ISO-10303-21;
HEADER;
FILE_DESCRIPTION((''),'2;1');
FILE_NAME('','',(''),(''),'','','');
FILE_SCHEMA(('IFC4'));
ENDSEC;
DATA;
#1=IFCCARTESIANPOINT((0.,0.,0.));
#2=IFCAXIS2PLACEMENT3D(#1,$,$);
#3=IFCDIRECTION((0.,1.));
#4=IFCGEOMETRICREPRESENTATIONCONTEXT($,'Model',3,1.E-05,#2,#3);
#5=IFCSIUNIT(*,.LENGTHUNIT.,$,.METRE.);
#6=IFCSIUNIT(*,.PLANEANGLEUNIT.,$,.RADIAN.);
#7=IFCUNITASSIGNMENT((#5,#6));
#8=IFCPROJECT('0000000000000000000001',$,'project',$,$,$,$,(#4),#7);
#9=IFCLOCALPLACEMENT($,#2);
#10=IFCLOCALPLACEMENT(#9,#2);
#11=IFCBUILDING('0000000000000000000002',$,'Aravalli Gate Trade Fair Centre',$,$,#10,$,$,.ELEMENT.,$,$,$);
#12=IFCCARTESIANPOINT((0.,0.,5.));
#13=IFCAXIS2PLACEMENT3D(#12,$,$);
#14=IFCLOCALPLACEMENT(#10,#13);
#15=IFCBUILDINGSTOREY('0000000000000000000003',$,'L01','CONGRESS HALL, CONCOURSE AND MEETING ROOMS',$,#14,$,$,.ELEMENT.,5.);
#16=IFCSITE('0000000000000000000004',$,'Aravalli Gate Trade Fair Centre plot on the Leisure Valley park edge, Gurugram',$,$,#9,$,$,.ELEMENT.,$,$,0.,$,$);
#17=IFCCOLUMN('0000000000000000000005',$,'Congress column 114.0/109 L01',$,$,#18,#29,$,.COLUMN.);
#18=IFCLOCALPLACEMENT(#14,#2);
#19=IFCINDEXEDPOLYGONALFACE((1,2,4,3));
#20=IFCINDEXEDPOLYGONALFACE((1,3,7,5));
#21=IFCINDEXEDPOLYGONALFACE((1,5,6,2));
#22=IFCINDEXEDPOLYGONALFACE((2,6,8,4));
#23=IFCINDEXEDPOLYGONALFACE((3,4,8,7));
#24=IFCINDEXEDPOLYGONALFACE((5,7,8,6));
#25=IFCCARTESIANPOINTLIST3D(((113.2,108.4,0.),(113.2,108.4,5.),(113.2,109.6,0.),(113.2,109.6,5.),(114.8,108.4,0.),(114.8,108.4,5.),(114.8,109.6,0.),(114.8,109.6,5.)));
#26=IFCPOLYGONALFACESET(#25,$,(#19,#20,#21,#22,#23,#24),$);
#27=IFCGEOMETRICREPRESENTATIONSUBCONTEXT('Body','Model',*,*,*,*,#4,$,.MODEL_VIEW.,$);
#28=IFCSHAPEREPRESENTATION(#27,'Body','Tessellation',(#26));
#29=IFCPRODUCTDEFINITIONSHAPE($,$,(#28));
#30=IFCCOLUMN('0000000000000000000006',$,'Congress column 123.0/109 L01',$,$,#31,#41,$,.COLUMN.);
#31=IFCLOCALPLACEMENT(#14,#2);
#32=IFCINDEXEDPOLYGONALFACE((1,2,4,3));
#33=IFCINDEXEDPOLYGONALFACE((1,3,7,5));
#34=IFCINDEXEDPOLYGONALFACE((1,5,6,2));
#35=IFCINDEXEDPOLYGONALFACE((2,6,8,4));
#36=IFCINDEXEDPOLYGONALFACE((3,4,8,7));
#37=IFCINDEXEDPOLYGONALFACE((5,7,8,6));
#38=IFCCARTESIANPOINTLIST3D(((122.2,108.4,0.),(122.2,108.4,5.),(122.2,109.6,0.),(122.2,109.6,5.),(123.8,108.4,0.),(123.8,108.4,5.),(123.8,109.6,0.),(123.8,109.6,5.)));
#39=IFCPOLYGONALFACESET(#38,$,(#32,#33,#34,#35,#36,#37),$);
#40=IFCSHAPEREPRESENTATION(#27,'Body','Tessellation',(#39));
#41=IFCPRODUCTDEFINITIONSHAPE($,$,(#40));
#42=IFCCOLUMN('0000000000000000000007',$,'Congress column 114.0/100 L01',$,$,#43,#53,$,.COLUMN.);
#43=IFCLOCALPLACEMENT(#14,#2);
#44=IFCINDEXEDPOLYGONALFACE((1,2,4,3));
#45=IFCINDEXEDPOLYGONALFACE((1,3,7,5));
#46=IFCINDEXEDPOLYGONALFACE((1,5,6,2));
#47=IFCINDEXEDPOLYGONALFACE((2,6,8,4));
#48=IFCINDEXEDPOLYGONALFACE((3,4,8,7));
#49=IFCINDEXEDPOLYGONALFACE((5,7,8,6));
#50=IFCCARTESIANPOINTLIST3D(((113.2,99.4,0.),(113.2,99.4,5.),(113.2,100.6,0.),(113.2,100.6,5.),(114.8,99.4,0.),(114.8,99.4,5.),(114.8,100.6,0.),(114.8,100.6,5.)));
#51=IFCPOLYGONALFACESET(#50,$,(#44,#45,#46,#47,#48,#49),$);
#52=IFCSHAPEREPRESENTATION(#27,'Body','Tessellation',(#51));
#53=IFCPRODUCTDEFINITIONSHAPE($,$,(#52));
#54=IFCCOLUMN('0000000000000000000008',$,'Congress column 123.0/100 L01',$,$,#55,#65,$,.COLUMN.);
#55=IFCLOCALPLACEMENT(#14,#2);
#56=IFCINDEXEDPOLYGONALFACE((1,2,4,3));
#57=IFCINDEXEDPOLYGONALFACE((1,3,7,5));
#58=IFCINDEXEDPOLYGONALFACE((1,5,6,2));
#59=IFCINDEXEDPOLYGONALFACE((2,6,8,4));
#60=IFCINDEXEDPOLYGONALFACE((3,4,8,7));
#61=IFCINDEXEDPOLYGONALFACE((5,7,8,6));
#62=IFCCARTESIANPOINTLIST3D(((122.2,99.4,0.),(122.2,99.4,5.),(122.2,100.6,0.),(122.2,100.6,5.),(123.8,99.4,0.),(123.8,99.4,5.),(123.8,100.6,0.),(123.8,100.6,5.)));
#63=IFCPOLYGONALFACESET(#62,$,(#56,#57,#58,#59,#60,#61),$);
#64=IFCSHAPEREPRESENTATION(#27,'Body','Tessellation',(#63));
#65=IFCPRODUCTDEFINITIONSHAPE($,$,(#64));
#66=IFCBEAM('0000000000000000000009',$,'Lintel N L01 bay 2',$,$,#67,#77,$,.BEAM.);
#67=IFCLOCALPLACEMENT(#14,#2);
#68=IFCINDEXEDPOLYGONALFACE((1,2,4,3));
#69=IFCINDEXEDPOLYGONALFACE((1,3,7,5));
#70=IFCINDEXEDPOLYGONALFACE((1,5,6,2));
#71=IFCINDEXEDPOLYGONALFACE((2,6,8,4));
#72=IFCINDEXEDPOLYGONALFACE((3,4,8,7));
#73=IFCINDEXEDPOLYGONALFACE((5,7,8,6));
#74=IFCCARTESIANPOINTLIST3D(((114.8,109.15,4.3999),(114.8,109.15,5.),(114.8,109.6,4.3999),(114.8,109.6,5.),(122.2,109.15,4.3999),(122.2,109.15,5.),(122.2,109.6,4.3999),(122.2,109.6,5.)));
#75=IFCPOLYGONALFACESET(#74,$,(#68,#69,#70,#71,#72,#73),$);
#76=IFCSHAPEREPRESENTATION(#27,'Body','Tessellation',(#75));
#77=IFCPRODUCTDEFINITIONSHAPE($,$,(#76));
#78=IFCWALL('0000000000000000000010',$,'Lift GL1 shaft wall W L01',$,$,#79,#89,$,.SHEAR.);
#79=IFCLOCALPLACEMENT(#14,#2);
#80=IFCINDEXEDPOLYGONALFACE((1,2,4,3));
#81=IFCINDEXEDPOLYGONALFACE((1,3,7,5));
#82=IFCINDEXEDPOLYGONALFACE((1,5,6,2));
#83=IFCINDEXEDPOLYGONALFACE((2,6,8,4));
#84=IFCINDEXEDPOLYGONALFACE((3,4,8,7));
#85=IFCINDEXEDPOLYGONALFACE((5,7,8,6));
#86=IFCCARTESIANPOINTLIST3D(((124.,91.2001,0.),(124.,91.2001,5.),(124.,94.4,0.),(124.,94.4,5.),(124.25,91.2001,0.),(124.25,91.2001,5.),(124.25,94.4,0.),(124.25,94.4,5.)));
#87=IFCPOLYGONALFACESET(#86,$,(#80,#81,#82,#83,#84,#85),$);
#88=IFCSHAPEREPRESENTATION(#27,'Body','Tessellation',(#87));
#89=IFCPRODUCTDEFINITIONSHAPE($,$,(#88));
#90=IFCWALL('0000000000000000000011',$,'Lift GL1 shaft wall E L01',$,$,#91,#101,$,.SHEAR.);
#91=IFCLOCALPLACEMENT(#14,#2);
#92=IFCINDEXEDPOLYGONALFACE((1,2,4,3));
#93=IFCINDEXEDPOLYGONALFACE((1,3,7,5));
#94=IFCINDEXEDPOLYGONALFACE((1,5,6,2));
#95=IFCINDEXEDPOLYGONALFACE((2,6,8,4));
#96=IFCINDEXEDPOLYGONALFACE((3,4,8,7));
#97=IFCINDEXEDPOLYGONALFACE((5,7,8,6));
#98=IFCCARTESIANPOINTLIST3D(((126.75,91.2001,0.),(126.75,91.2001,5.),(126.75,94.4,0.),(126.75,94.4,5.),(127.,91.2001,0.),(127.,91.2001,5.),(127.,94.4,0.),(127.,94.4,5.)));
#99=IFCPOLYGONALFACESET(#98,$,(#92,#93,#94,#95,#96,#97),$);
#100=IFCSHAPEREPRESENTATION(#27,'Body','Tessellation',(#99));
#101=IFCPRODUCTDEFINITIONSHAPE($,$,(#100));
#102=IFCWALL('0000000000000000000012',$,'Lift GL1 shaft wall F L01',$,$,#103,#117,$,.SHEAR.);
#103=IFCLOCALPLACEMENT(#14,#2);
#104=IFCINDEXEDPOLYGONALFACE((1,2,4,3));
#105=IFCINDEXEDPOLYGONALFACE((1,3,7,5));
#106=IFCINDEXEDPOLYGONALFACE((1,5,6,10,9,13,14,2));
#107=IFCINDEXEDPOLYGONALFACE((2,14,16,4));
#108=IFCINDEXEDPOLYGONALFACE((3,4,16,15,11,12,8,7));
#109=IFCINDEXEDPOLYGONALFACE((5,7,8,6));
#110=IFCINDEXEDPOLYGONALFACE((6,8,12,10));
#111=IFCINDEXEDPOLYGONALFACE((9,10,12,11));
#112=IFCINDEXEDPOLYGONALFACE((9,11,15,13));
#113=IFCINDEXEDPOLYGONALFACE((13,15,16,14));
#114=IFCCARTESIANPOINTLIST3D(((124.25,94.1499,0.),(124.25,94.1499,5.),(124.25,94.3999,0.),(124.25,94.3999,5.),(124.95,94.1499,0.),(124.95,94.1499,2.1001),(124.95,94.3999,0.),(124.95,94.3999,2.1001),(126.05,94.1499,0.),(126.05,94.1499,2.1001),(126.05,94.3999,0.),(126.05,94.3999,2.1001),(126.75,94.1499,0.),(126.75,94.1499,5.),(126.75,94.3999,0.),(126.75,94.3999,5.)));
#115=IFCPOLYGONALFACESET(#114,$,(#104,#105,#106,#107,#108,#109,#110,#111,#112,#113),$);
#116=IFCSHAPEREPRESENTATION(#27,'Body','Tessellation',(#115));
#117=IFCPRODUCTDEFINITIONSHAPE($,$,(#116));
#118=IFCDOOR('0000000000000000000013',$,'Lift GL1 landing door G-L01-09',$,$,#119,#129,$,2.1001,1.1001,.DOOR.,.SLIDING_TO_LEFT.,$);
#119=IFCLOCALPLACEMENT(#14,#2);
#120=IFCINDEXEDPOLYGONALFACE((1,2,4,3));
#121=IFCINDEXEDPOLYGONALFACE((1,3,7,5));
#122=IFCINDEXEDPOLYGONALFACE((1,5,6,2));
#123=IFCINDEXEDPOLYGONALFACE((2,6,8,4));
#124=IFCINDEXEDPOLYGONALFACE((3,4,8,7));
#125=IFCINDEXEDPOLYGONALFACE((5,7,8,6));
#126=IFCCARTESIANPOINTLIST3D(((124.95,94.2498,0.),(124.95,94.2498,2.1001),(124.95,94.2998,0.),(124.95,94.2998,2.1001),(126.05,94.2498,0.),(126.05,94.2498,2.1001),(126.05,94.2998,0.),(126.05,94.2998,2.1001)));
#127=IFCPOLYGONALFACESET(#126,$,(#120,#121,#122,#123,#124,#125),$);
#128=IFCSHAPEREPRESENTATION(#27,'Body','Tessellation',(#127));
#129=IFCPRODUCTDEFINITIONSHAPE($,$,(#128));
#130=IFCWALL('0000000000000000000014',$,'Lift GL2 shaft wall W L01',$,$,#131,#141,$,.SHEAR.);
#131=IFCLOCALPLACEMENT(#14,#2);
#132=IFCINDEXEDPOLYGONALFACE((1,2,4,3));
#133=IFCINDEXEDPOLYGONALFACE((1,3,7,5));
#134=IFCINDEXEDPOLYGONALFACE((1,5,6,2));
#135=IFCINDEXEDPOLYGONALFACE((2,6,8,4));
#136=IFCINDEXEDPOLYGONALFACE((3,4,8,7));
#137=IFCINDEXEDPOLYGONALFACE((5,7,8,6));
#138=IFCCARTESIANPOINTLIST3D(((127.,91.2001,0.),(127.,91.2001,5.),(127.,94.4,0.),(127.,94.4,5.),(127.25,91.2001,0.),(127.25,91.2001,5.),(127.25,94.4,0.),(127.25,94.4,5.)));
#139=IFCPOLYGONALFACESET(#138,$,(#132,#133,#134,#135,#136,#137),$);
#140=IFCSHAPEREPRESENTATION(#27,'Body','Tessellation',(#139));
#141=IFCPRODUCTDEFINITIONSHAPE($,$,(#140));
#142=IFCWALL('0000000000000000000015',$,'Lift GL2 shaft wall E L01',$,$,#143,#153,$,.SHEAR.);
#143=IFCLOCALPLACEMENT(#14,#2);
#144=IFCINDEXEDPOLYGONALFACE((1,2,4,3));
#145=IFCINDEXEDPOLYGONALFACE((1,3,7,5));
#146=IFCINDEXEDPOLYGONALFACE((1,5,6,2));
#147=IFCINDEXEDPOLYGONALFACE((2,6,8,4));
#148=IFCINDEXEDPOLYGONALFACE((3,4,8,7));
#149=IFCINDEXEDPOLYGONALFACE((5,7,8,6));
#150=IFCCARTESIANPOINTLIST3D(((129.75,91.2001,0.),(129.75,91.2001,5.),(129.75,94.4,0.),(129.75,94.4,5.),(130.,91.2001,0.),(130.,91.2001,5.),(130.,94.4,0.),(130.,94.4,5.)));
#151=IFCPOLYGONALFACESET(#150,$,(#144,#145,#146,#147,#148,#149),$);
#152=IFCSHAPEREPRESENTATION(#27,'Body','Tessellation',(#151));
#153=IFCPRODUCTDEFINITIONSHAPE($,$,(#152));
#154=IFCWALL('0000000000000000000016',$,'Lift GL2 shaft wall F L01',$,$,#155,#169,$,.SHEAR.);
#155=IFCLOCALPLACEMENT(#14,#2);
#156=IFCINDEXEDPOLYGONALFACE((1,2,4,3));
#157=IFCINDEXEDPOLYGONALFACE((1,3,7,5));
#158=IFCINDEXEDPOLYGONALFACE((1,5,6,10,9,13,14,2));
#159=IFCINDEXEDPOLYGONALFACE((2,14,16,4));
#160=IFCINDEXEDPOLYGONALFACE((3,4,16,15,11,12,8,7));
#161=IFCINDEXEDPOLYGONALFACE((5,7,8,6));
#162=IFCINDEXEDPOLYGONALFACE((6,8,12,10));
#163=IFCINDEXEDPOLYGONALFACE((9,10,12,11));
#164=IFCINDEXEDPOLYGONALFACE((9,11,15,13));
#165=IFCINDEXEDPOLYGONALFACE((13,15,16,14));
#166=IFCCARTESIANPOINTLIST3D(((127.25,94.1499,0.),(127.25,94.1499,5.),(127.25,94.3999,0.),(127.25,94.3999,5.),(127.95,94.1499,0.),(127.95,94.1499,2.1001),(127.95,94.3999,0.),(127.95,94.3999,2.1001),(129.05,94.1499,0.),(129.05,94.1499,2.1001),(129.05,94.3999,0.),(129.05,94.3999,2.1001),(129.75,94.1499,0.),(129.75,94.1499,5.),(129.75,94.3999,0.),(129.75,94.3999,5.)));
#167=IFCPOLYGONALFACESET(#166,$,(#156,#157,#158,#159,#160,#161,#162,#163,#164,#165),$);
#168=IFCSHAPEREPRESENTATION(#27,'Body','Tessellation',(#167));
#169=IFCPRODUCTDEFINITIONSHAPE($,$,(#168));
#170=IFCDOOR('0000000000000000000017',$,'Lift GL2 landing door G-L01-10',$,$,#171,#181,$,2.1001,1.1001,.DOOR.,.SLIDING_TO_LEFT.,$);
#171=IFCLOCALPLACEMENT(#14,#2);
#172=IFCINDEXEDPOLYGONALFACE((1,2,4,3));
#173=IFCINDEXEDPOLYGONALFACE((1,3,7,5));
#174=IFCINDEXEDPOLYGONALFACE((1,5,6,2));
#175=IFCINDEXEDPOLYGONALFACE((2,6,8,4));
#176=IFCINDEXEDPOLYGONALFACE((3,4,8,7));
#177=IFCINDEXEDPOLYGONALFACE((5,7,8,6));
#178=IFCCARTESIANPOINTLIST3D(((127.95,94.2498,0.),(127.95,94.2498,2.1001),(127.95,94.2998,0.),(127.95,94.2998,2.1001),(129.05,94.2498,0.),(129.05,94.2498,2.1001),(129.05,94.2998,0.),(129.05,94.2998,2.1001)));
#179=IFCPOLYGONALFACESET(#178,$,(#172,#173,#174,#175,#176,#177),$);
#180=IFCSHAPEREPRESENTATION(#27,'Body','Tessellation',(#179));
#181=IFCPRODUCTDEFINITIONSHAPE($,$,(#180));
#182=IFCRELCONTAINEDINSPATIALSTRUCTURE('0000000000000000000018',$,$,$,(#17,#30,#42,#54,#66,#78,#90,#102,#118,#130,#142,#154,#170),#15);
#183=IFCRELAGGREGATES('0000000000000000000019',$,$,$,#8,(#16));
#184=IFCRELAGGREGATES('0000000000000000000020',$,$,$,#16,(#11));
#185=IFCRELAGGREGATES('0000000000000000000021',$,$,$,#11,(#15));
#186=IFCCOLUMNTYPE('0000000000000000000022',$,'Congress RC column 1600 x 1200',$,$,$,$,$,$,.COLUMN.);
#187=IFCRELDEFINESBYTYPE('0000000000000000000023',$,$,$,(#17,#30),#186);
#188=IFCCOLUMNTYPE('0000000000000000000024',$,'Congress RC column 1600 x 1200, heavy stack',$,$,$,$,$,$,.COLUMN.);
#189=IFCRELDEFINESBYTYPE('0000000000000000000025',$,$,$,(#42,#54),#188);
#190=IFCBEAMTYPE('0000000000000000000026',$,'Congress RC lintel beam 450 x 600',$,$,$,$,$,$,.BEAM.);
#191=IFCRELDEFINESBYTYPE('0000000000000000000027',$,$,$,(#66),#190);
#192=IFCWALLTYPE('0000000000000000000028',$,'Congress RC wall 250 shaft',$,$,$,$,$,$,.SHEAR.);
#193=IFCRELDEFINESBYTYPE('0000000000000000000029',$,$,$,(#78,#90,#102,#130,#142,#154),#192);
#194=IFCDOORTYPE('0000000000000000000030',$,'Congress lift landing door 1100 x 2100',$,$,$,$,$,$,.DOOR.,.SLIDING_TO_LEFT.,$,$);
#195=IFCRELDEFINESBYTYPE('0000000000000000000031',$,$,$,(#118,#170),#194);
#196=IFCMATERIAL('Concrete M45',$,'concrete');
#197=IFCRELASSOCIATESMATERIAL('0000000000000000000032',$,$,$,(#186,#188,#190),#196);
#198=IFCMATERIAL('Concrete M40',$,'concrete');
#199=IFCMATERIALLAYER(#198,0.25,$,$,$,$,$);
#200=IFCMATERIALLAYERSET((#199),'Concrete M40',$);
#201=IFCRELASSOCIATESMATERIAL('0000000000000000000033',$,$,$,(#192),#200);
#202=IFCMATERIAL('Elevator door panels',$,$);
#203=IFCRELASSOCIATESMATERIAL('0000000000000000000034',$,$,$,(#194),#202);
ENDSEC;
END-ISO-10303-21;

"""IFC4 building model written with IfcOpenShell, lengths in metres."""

from ifc_helpers import new_model, si_unit, direction, frame, frame_2d, origin, origin_2d, place, context, subcontext, project, spatial, rectangle, extrude, material, layer, layer_set, material_profile, profile_set, type_object, element, fill, save


model = new_model("IFC4")

# Units and contexts
model_context = context("Model", 3, precision=1e-05, world=origin(), true_north=direction((0.0, 1.0)))
body_context = subcontext(model_context, "Body", "Model", "MODEL_VIEW")
ifc_project = project(units=[si_unit("LENGTHUNIT", "METRE"), si_unit("PLANEANGLEUNIT", "RADIAN")], contexts=[model_context])

# Site, building, storey
site_placement = place(None, origin())
site = spatial("IfcSite", under=ifc_project, at=site_placement, Name="Aravalli Gate Trade Fair Centre plot on the Leisure Valley park edge, Gurugram", CompositionType="ELEMENT", RefElevation=0.0)
building_placement = place(site_placement, origin())
building = spatial("IfcBuilding", under=site, at=building_placement, Name="Aravalli Gate Trade Fair Centre", CompositionType="ELEMENT")
storey_placement = place(building_placement, frame((0.0, 0.0, 5.0)))
storey = spatial("IfcBuildingStorey", under=building, at=storey_placement, Name="L01", Description="CONGRESS HALL, CONCOURSE AND MEETING ROOMS", CompositionType="ELEMENT", Elevation=5.0)

# Columns
ifc_material_1 = material(Name="Concrete M45", Category="concrete")
ifc_material_profile_1 = material_profile(ifc_material_1, rectangle(XDim=1.6001, YDim=1.2, at=origin_2d()), Name="RC 1600x1200")
ifc_profile_set_1 = profile_set([ifc_material_profile_1], Name="Concrete M45")
column_type_1 = type_object("IfcColumnType", Name="Congress RC column 1600 x 1200", PredefinedType="COLUMN", material=ifc_profile_set_1)
for number, where, z_axis, x_axis, name in (
    (1, (114.0, 109.0, 0.0), (0.0, 0.0, 1.0), (1.0, 0.0, 0.0), "Congress column 114.0/109 L01"),
    (2, (123.0, 109.0, 0.0), (0.0, 0.0, 1.0), (1.0, 0.0, 0.0), "Congress column 123.0/109 L01"),
):
    element("IfcColumn", number, at=place(storey_placement, frame(where, z_axis=z_axis, x_axis=x_axis)), inside=storey, type_object=column_type_1, Name=name, PredefinedType="COLUMN", context=body_context, shape_type="SweptSolid", body=[
        extrude(rectangle(XDim=1.6001, YDim=1.2, at=origin_2d()), origin(), (0.0, 0.0, 1.0), 5.0),
    ])
ifc_material_profile_2 = material_profile(ifc_material_1, rectangle(XDim=1.6001, YDim=1.2, at=origin_2d()), Name="RC 1600x1200")
ifc_profile_set_2 = profile_set([ifc_material_profile_2], Name="Concrete M45")
column_type_2 = type_object("IfcColumnType", Name="Congress RC column 1600 x 1200, heavy stack", PredefinedType="COLUMN", material=ifc_profile_set_2)
for number, where, z_axis, x_axis, name in (
    (3, (114.0, 100.0, 0.0), (0.0, 0.0, 1.0), (1.0, 0.0, 0.0), "Congress column 114.0/100 L01"),
    (4, (123.0, 100.0, 0.0), (0.0, 0.0, 1.0), (1.0, 0.0, 0.0), "Congress column 123.0/100 L01"),
):
    element("IfcColumn", number, at=place(storey_placement, frame(where, z_axis=z_axis, x_axis=x_axis)), inside=storey, type_object=column_type_2, Name=name, PredefinedType="COLUMN", context=body_context, shape_type="SweptSolid", body=[
        extrude(rectangle(XDim=1.6001, YDim=1.2, at=origin_2d()), origin(), (0.0, 0.0, 1.0), 5.0),
    ])

# Beam
ifc_material_profile_3 = material_profile(ifc_material_1, rectangle(XDim=0.45, YDim=0.6001, at=origin_2d()), Name="RC 450x600")
ifc_profile_set_3 = profile_set([ifc_material_profile_3], Name="Concrete M45")
beam_type = type_object("IfcBeamType", Name="Congress RC lintel beam 450 x 600", PredefinedType="BEAM", material=ifc_profile_set_3)
beam_placement = place(storey_placement, frame((114.8, 109.375, 4.7), z_axis=(1.0, 0.0, 0.0), x_axis=(0.0, 1.0, 0.0)))
element("IfcBeam", 5, at=beam_placement, inside=storey, type_object=beam_type, Name="Lintel N L01 bay 2", PredefinedType="BEAM", context=body_context, shape_type="SweptSolid", body=[
    extrude(rectangle(XDim=0.45, YDim=0.6001, at=origin_2d()), origin(), (0.0, 0.0, 1.0), 7.3999),
])

# Walls
ifc_material_2 = material(Name="Concrete M40", Category="concrete")
ifc_layer_1 = layer(ifc_material_2, 0.25)
ifc_layer_set_1 = layer_set([ifc_layer_1], Name="Concrete M40")
wall_type_1 = type_object("IfcWallType", Name="Congress RC wall 250 shaft", PredefinedType="SHEAR", material=ifc_layer_set_1)
for number, where, z_axis, x_axis, name in (
    (6, (124.125, 91.2, 0.0), (0.0, 0.0, 1.0), (0.0, 1.0, 0.0), "Lift GL1 shaft wall W L01"),
    (7, (126.875, 91.2, 0.0), (0.0, 0.0, 1.0), (0.0, 1.0, 0.0), "Lift GL1 shaft wall E L01"),
):
    element("IfcWall", number, at=place(storey_placement, frame(where, z_axis=z_axis, x_axis=x_axis)), inside=storey, type_object=wall_type_1, Name=name, PredefinedType="SHEAR", context=body_context, shape_type="SweptSolid", body=[
        extrude(rectangle(XDim=3.2, YDim=0.25, at=frame_2d((1.6001, 0.0))), origin(), (0.0, 0.0, 1.0), 5.0),
    ])

# Wall, opening, door
wall_1_placement = place(storey_placement, frame((124.25, 94.2749, 0.0), z_axis=(0.0, 0.0, 1.0), x_axis=(1.0, 0.0, 0.0)))
wall_1 = element("IfcWall", 8, at=wall_1_placement, inside=storey, type_object=wall_type_1, Name="Lift GL1 shaft wall F L01", PredefinedType="SHEAR", context=body_context, shape_type="SweptSolid", body=[
    extrude(rectangle(XDim=2.5, YDim=0.25, at=frame_2d((1.25, 0.0))), origin(), (0.0, 0.0, 1.0), 5.0),
])
opening_1_placement = place(wall_1_placement, frame((0.7, 0.0, 0.0)))
opening_1 = element("IfcOpeningElement", 9, at=opening_1_placement, cuts=wall_1, PredefinedType="OPENING", context=body_context, shape_type="SweptSolid", body=[
    extrude(rectangle(XDim=1.1001, YDim=2.1001, at=frame_2d((0.55, 1.05))), frame((0.0, 0.135, 0.0), z_axis=(0.0, -1.0, 0.0), x_axis=(1.0, 0.0, 0.0)), (0.0, 0.0, 1.0), 0.27),
])
ifc_material_3 = material(Name="Elevator door panels")
door_type_1 = type_object("IfcDoorType", Name="Congress lift landing door 1100 x 2100", OperationType="SLIDING_TO_LEFT", PredefinedType="DOOR", material=ifc_material_3)
door_1_placement = place(opening_1_placement, origin())
door_1 = element("IfcDoor", 10, at=door_1_placement, inside=storey, type_object=door_type_1, Name="Lift GL1 landing door G-L01-09", OperationType="SLIDING_TO_LEFT", OverallHeight=2.1001, OverallWidth=1.1001, PredefinedType="DOOR", context=body_context, shape_type="SweptSolid", body=[
    extrude(rectangle(XDim=1.1001, YDim=2.1001, at=frame_2d((0.55, 1.05))), frame((0.0, 0.0249, 0.0), z_axis=(0.0, -1.0, 0.0), x_axis=(1.0, 0.0, 0.0)), (0.0, 0.0, 1.0), 0.05),
])
fill(opening_1, door_1)

# Walls
for number, where, z_axis, x_axis, name in (
    (11, (127.125, 91.2, 0.0), (0.0, 0.0, 1.0), (0.0, 1.0, 0.0), "Lift GL2 shaft wall W L01"),
    (12, (129.875, 91.2, 0.0), (0.0, 0.0, 1.0), (0.0, 1.0, 0.0), "Lift GL2 shaft wall E L01"),
):
    element("IfcWall", number, at=place(storey_placement, frame(where, z_axis=z_axis, x_axis=x_axis)), inside=storey, type_object=wall_type_1, Name=name, PredefinedType="SHEAR", context=body_context, shape_type="SweptSolid", body=[
        extrude(rectangle(XDim=3.2, YDim=0.25, at=frame_2d((1.6001, 0.0))), origin(), (0.0, 0.0, 1.0), 5.0),
    ])

# Wall, opening, door
wall_2_placement = place(storey_placement, frame((127.25, 94.2749, 0.0), z_axis=(0.0, 0.0, 1.0), x_axis=(1.0, 0.0, 0.0)))
wall_2 = element("IfcWall", 13, at=wall_2_placement, inside=storey, type_object=wall_type_1, Name="Lift GL2 shaft wall F L01", PredefinedType="SHEAR", context=body_context, shape_type="SweptSolid", body=[
    extrude(rectangle(XDim=2.5, YDim=0.25, at=frame_2d((1.25, 0.0))), origin(), (0.0, 0.0, 1.0), 5.0),
])
opening_2_placement = place(wall_2_placement, frame((0.7, 0.0, 0.0)))
opening_2 = element("IfcOpeningElement", 14, at=opening_2_placement, cuts=wall_2, PredefinedType="OPENING", context=body_context, shape_type="SweptSolid", body=[
    extrude(rectangle(XDim=1.1001, YDim=2.1001, at=frame_2d((0.55, 1.05))), frame((0.0, 0.135, 0.0), z_axis=(0.0, -1.0, 0.0), x_axis=(1.0, 0.0, 0.0)), (0.0, 0.0, 1.0), 0.27),
])
door_2_placement = place(opening_2_placement, origin())
door_2 = element("IfcDoor", 15, at=door_2_placement, inside=storey, type_object=door_type_1, Name="Lift GL2 landing door G-L01-10", OperationType="SLIDING_TO_LEFT", OverallHeight=2.1001, OverallWidth=1.1001, PredefinedType="DOOR", context=body_context, shape_type="SweptSolid", body=[
    extrude(rectangle(XDim=1.1001, YDim=2.1001, at=frame_2d((0.55, 1.05))), frame((0.0, 0.0249, 0.0), z_axis=(0.0, -1.0, 0.0), x_axis=(1.0, 0.0, 0.0)), (0.0, 0.0, 1.0), 0.05),
])
fill(opening_2, door_2)

save(model, "model.ifc")
